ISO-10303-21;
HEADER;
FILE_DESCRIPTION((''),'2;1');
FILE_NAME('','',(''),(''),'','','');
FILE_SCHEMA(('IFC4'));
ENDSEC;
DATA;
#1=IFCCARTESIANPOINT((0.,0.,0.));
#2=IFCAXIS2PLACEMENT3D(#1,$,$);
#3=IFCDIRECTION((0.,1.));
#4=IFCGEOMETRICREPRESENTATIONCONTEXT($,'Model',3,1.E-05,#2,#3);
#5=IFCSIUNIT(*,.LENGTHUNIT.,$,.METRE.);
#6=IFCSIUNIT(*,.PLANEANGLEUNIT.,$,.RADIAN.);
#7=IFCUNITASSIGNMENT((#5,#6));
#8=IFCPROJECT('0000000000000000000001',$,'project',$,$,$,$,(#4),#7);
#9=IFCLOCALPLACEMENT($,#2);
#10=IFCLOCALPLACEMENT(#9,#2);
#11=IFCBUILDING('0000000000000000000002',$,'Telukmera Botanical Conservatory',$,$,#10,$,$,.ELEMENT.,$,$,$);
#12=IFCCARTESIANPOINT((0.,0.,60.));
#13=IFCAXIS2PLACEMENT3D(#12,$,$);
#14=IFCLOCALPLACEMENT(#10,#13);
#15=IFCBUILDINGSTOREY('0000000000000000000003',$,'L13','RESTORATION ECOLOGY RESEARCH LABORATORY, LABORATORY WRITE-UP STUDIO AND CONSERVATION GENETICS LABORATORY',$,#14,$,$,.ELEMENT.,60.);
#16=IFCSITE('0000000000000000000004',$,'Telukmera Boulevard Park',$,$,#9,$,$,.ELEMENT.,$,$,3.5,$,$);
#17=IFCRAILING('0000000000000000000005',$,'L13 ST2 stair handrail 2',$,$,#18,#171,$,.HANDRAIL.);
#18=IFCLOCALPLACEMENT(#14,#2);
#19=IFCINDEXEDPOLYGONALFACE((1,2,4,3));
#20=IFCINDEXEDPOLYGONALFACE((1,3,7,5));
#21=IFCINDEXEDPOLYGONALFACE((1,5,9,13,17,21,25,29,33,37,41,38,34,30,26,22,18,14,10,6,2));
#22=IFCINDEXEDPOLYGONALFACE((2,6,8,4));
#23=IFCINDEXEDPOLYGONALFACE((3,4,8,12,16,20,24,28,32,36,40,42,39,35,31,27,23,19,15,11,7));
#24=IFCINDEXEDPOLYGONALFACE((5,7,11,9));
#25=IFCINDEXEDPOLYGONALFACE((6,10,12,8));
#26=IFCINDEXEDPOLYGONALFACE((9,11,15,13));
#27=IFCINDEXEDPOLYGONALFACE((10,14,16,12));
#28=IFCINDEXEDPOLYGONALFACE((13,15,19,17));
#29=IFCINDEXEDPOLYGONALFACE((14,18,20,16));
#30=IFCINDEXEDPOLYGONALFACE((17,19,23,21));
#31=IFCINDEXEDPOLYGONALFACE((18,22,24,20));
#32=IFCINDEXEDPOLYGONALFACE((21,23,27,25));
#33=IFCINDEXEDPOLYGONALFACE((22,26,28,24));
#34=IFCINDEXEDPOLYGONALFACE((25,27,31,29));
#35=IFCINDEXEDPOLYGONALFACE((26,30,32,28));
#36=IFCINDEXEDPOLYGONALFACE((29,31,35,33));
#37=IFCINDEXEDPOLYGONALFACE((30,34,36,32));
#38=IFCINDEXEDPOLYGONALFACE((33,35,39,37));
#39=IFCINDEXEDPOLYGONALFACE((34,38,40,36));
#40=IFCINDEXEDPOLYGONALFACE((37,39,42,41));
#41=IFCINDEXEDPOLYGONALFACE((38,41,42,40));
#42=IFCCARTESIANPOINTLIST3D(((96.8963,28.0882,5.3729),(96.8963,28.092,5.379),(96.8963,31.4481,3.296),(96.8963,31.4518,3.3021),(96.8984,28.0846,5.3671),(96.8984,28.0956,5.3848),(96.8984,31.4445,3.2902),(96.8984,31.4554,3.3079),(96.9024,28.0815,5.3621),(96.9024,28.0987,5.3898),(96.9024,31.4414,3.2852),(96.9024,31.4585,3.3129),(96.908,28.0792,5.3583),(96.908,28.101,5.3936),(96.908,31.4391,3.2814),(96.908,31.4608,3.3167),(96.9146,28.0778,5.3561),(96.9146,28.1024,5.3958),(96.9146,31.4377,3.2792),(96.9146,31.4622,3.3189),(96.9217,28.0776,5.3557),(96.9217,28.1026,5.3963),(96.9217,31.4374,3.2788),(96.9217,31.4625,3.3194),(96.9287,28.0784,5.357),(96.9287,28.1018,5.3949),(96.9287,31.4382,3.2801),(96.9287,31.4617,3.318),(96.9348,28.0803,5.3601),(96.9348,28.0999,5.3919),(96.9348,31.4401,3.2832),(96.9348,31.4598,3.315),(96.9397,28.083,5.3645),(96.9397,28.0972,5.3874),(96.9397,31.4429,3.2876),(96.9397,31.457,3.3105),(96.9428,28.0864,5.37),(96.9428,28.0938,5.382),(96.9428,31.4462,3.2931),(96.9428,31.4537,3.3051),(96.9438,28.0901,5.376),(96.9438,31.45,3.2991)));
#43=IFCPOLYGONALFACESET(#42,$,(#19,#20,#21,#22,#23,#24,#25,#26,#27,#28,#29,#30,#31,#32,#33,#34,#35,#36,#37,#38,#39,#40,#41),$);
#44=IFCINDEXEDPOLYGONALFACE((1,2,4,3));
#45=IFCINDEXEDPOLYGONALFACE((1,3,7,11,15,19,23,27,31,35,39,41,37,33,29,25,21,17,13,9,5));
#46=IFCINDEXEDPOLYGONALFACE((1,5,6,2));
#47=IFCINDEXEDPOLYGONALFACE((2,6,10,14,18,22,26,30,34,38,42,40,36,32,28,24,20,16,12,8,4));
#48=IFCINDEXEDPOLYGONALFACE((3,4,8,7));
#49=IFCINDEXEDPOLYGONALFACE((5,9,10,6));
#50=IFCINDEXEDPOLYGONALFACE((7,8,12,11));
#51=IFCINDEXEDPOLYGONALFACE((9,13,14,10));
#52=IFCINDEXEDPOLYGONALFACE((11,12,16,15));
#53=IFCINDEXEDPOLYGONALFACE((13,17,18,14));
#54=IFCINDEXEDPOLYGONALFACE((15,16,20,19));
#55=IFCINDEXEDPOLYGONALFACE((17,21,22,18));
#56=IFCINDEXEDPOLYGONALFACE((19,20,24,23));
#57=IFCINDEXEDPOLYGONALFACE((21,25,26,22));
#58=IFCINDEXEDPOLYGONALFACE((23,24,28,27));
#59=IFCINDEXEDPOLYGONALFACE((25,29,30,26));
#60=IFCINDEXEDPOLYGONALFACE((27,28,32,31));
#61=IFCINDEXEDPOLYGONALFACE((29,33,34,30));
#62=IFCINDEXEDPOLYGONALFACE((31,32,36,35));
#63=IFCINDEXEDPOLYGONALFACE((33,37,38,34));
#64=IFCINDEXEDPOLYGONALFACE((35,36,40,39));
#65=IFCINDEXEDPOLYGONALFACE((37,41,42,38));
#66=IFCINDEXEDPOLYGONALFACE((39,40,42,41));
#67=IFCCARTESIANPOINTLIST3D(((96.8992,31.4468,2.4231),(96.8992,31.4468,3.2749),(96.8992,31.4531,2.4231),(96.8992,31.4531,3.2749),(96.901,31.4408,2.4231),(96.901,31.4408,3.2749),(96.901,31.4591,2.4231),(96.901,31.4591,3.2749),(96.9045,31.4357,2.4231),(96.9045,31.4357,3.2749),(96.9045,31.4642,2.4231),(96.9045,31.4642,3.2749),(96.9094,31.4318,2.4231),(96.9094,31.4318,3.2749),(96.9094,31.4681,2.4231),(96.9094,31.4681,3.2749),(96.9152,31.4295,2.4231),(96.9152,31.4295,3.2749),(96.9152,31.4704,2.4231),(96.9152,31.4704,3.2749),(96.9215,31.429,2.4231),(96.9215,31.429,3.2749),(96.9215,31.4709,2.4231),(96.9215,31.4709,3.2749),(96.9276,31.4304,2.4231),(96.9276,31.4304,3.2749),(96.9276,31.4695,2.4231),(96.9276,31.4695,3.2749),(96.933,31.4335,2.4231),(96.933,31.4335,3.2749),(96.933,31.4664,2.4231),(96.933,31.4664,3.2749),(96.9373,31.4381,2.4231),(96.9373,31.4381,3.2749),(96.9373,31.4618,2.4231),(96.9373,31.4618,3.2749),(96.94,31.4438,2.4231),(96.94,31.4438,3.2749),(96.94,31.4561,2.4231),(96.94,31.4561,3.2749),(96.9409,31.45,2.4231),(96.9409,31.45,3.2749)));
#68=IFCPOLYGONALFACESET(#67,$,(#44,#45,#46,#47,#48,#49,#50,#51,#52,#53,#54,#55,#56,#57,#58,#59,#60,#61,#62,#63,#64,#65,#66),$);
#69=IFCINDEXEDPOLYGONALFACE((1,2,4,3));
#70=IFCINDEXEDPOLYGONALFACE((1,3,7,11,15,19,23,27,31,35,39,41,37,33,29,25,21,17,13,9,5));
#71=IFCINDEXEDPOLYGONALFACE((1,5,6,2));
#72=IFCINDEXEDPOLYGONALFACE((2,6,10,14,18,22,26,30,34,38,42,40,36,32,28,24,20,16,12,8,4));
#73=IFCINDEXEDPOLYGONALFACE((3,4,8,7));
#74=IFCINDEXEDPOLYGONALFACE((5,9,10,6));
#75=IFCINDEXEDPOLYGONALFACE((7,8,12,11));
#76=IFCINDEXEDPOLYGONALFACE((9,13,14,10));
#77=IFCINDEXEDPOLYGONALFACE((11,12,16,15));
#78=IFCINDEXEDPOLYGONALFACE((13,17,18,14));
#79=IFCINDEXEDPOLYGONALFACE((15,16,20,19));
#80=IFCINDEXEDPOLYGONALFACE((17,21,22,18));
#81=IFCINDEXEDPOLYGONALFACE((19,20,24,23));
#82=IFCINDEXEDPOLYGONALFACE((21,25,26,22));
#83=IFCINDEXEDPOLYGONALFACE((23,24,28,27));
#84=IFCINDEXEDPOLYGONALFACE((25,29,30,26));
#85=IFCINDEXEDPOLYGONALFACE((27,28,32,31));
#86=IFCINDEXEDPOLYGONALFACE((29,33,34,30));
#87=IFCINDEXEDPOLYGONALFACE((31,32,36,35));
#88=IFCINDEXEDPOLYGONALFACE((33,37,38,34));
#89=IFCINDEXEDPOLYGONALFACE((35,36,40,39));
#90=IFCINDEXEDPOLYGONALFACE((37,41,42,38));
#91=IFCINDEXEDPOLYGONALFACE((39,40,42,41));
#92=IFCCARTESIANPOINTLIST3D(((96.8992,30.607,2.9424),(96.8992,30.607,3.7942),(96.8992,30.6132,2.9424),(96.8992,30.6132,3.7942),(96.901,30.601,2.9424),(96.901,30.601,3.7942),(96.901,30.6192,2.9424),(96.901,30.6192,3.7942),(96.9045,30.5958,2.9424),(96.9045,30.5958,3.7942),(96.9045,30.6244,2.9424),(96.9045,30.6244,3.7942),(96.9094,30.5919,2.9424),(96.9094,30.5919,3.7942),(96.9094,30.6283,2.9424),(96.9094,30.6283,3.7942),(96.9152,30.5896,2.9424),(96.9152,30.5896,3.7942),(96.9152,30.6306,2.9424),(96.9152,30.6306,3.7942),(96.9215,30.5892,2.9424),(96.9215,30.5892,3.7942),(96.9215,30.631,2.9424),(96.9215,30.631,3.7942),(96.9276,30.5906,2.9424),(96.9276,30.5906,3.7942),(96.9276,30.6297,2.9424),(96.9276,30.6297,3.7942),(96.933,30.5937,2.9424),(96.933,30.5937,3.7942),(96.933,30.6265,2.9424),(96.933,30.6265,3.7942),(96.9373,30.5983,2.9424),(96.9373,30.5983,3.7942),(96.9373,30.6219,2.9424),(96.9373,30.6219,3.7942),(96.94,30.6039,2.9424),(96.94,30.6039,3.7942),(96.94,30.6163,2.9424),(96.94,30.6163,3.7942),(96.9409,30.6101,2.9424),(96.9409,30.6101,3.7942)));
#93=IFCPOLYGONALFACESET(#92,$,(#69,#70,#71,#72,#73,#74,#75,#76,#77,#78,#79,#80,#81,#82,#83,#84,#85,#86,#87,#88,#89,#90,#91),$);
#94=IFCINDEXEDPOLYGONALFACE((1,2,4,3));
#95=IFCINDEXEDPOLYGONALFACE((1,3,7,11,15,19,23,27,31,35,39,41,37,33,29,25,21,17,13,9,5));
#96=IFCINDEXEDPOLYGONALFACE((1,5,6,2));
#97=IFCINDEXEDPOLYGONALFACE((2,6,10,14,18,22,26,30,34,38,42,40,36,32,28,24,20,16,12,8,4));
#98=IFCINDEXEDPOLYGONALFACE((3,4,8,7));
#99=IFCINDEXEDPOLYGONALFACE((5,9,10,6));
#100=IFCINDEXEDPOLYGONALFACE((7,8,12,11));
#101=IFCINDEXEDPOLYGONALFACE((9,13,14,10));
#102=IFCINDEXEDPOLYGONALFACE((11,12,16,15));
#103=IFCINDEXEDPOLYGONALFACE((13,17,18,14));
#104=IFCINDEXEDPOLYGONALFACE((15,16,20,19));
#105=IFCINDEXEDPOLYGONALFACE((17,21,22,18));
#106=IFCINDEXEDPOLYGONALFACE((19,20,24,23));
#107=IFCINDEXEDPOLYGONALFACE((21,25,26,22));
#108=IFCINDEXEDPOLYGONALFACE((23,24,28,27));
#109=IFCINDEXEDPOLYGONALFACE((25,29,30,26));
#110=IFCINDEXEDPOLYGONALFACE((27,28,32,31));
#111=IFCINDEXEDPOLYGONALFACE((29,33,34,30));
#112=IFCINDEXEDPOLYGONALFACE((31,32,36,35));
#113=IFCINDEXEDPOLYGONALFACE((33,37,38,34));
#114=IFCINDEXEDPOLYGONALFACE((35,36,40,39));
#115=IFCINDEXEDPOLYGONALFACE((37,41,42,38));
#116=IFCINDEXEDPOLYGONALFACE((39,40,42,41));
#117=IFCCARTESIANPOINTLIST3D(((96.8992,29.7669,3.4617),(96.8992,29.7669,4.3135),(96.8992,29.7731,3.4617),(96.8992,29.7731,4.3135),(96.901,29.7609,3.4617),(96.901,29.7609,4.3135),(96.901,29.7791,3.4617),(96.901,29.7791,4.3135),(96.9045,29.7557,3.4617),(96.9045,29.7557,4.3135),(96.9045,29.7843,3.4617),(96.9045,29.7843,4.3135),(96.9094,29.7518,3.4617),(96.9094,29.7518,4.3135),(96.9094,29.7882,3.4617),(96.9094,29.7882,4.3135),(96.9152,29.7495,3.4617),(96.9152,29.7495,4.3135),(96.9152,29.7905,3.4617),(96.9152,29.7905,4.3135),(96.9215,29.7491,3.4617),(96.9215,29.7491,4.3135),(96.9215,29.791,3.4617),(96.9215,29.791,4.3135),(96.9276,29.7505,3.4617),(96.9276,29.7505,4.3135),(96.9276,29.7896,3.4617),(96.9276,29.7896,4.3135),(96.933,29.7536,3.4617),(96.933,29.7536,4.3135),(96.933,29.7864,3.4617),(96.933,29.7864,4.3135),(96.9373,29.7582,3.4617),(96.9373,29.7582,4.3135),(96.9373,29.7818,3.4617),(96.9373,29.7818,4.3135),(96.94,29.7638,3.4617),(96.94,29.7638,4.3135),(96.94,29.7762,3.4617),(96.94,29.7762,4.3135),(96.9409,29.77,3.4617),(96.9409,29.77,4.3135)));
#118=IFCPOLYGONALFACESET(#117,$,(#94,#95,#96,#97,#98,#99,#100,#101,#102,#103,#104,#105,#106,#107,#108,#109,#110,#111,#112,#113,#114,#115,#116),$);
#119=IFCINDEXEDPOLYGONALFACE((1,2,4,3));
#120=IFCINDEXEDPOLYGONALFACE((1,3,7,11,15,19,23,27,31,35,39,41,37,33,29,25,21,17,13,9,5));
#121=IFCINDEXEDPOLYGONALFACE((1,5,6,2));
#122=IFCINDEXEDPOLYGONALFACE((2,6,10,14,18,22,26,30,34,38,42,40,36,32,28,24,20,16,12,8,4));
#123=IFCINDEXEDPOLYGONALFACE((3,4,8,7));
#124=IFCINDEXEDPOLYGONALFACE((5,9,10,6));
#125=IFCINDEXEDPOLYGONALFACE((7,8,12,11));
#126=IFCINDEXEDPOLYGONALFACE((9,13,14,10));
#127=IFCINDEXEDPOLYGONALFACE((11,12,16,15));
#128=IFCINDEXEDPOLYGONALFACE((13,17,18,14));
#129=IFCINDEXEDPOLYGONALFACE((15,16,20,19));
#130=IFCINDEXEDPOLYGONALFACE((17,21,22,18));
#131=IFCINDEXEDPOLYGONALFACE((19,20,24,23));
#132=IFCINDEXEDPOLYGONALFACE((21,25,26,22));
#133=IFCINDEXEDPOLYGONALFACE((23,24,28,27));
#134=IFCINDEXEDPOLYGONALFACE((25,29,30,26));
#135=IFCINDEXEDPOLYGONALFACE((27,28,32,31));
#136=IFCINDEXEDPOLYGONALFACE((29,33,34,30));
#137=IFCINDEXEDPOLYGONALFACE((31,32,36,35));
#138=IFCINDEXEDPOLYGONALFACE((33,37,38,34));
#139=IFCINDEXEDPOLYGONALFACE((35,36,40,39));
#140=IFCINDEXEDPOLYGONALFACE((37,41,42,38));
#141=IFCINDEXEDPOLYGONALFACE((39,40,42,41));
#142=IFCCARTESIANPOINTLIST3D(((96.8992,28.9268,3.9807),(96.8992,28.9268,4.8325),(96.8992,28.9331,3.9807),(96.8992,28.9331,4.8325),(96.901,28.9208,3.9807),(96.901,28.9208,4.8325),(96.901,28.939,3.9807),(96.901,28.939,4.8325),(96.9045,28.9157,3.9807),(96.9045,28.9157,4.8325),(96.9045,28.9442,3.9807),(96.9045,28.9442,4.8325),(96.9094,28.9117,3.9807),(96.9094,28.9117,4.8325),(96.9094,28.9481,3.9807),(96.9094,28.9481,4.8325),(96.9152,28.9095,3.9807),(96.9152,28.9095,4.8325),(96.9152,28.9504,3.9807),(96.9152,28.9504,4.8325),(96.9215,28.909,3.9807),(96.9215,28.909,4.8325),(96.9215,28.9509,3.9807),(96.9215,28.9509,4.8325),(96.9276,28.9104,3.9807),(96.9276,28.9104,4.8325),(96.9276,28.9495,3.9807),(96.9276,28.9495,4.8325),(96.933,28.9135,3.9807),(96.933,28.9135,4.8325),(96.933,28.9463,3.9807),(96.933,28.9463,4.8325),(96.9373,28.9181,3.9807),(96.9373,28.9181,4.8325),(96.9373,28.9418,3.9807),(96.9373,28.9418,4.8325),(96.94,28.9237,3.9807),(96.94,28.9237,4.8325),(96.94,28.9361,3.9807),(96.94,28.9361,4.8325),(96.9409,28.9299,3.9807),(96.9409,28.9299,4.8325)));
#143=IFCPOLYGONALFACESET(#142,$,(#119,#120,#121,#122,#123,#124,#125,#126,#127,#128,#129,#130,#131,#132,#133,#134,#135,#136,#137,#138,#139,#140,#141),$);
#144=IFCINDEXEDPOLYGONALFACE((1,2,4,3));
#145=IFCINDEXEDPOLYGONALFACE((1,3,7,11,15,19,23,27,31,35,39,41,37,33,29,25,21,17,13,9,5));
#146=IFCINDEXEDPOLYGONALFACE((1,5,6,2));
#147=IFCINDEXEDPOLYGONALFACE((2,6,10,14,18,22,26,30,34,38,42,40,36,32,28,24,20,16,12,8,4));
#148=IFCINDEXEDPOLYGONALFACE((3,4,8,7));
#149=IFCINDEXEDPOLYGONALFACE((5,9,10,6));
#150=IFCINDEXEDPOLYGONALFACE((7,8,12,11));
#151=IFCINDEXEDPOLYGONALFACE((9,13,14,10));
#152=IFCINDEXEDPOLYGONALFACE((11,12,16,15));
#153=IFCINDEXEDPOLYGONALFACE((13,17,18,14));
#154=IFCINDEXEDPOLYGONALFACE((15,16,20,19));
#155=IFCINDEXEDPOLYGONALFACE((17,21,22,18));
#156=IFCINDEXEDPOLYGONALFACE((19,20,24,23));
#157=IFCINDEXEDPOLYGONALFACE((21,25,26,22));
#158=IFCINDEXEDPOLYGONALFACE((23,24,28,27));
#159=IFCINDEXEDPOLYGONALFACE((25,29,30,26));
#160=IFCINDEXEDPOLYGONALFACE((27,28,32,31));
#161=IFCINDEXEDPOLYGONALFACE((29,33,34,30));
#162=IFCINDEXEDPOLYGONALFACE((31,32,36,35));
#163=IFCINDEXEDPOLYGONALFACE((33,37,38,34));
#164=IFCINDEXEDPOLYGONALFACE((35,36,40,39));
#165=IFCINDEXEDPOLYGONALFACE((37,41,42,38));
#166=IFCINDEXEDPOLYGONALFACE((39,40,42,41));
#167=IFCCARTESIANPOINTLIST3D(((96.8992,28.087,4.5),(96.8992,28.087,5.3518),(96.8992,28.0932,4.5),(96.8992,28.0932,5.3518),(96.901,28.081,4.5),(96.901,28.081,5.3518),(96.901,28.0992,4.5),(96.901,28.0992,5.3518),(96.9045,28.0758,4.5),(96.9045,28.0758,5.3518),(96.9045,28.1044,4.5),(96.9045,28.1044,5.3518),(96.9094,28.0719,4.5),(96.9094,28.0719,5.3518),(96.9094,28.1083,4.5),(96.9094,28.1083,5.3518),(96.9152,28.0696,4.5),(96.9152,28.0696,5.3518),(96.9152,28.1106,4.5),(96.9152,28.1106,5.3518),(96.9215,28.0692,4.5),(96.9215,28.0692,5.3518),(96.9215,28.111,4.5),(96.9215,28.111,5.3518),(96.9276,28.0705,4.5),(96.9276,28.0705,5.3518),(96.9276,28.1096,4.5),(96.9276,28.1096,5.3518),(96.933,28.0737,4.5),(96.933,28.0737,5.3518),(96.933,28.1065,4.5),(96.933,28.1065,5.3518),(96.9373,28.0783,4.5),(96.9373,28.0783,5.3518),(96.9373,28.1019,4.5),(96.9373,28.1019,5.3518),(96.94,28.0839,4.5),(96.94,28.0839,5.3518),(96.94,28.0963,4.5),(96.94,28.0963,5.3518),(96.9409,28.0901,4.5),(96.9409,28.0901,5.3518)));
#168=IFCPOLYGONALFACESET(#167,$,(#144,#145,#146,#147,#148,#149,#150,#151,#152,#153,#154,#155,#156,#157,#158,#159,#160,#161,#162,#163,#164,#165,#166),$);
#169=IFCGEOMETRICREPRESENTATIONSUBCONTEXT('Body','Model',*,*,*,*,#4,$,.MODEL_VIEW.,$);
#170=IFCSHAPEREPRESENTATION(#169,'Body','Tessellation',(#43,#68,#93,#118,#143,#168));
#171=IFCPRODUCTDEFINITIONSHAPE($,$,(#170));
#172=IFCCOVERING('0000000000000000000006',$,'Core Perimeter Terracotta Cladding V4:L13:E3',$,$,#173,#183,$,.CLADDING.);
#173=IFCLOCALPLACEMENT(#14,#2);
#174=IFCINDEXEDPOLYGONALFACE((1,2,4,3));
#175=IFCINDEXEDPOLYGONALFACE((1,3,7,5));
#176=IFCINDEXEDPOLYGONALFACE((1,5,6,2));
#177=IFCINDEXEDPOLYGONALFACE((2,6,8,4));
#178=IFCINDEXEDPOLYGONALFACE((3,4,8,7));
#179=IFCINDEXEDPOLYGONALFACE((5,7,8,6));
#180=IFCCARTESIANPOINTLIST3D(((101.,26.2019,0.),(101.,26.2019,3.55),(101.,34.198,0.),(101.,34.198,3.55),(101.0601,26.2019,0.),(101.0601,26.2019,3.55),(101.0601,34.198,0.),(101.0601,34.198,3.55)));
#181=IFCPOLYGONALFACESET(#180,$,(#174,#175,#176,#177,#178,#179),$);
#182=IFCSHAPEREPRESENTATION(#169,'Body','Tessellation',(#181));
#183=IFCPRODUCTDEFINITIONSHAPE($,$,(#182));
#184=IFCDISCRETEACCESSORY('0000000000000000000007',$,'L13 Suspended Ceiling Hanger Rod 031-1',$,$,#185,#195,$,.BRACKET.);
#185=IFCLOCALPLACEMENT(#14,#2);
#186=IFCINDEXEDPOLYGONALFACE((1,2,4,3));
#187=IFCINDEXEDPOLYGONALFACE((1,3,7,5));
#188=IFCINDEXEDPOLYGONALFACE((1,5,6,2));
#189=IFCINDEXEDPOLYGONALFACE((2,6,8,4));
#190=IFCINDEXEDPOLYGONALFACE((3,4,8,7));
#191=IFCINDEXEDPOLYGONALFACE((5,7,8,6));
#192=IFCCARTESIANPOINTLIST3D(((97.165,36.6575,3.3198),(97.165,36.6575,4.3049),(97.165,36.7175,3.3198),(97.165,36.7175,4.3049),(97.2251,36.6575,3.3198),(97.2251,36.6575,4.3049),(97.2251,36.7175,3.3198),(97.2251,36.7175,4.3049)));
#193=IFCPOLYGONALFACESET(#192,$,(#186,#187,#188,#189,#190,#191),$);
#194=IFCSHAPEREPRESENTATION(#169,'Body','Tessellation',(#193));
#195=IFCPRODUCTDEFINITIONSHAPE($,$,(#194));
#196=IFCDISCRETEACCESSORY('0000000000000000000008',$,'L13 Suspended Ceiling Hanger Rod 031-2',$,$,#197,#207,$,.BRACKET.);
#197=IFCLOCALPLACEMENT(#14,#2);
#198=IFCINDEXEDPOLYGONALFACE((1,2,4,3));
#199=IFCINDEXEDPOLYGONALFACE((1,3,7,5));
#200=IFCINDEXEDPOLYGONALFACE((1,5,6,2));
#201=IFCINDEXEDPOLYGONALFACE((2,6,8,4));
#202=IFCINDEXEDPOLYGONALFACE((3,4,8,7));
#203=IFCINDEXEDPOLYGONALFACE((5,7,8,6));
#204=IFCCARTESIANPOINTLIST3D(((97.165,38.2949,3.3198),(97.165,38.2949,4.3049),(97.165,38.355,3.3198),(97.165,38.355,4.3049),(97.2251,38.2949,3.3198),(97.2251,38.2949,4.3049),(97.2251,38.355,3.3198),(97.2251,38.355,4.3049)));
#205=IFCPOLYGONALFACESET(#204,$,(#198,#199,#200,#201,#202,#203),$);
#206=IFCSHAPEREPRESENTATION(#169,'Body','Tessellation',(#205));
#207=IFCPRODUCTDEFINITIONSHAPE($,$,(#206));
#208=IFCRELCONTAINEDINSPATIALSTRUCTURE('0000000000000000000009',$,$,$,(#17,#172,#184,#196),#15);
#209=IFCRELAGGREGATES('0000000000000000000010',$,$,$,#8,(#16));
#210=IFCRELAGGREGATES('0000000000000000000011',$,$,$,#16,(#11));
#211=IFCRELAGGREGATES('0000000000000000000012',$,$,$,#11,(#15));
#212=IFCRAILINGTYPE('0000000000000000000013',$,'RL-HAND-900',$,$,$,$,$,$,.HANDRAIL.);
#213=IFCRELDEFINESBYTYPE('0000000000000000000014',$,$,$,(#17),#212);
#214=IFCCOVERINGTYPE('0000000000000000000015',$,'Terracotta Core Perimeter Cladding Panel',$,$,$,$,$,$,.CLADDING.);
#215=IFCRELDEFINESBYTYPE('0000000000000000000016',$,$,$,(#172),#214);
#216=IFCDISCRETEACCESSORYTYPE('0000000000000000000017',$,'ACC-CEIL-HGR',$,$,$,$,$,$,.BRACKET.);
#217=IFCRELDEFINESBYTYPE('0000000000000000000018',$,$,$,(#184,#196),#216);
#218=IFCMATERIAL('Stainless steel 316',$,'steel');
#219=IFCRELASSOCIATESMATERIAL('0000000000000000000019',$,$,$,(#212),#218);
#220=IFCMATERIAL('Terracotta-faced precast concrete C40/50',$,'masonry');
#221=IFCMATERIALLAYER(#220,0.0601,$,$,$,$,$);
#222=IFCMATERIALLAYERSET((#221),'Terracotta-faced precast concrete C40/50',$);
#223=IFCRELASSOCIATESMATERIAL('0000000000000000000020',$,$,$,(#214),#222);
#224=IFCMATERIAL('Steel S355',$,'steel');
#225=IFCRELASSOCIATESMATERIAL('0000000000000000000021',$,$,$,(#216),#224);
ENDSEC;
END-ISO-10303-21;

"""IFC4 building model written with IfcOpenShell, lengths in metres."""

from ifc_helpers import new_model, si_unit, direction, frame, origin, origin_2d, place, context, subcontext, project, spatial, rectangle, circle, extrude, material, layer, layer_set, type_object, element, save


model = new_model("IFC4")

# Units and contexts
model_context = context("Model", 3, precision=1e-05, world=origin(), true_north=direction((0.0, 1.0)))
body_context = subcontext(model_context, "Body", "Model", "MODEL_VIEW")
ifc_project = project(units=[si_unit("LENGTHUNIT", "METRE"), si_unit("PLANEANGLEUNIT", "RADIAN")], contexts=[model_context])

# Site, building, storey
site_placement = place(None, origin())
site = spatial("IfcSite", under=ifc_project, at=site_placement, Name="Telukmera Boulevard Park", CompositionType="ELEMENT", RefElevation=3.5)
building_placement = place(site_placement, origin())
building = spatial("IfcBuilding", under=site, at=building_placement, Name="Telukmera Botanical Conservatory", CompositionType="ELEMENT")
storey_placement = place(building_placement, frame((0.0, 0.0, 60.0)))
storey = spatial("IfcBuildingStorey", under=building, at=storey_placement, Name="L13", Description="RESTORATION ECOLOGY RESEARCH LABORATORY, LABORATORY WRITE-UP STUDIO AND CONSERVATION GENETICS LABORATORY", CompositionType="ELEMENT", Elevation=60.0)

# Railing
ifc_material_1 = material(Name="Steel S355", Category="steel")
ifc_material_2 = material(Name="Stainless steel 316", Category="steel")
railing_type_1 = type_object("IfcRailingType", Name="RL-HAND-900", PredefinedType="HANDRAIL", material=ifc_material_2)
railing_1_placement = place(storey_placement, frame((96.9199, 31.45, 2.4231)))
element("IfcRailing", 1, at=railing_1_placement, inside=storey, type_object=railing_type_1, Name="L13 ST2 stair handrail 2", PredefinedType="HANDRAIL", context=body_context, shape_type="SweptSolid", body=[
    extrude(circle(Radius=0.0239, at=origin_2d()), frame((0.0, 0.0, 0.876), z_axis=(0.0, -0.850606, 0.525803), x_axis=(1.0, 0.0, 0.0)), (0.0, 0.0, 1.0), 3.95),
    extrude(circle(Radius=0.021, at=origin_2d()), origin(), (0.0, 0.0, 1.0), 0.8518),
    extrude(circle(Radius=0.021, at=origin_2d()), frame((0.0, -0.8398, 0.5193)), (0.0, 0.0, 1.0), 0.8518),
    extrude(circle(Radius=0.021, at=origin_2d()), frame((0.0, -1.6799, 1.0386)), (0.0, 0.0, 1.0), 0.8518),
    extrude(circle(Radius=0.021, at=origin_2d()), frame((0.0, -2.52, 1.5576)), (0.0, 0.0, 1.0), 0.8518),
    extrude(circle(Radius=0.021, at=origin_2d()), frame((0.0, -3.3599, 2.0769)), (0.0, 0.0, 1.0), 0.8518),
])

# Covering
ifc_material_3 = material(Name="Terracotta-faced precast concrete C40/50", Category="masonry")
ifc_layer_1 = layer(ifc_material_3, 0.0601)
ifc_layer_set_1 = layer_set([ifc_layer_1], Name="Terracotta-faced precast concrete C40/50")
covering_type_1 = type_object("IfcCoveringType", Name="Terracotta Core Perimeter Cladding Panel", PredefinedType="CLADDING", material=ifc_layer_set_1)
covering_1_placement = place(storey_placement, frame((101.03, 30.2, 0.0), z_axis=(0.0, 0.0, 1.0), x_axis=(0.0, 1.0, 0.0)))
element("IfcCovering", 2, at=covering_1_placement, inside=storey, type_object=covering_type_1, Name="Core Perimeter Terracotta Cladding V4:L13:E3", PredefinedType="CLADDING", context=body_context, shape_type="SweptSolid", body=[
    extrude(rectangle(XDim=7.9961, YDim=0.0601, at=origin_2d()), origin(), (0.0, 0.0, 1.0), 3.55),
])

# Discrete accessories
discrete_accessory_type_1 = type_object("IfcDiscreteAccessoryType", Name="ACC-CEIL-HGR", PredefinedType="BRACKET", material=ifc_material_1)
for number, where, z_axis, x_axis, name in (
    (3, (97.1951, 36.6875, 3.3198), (0.0, 0.0, 1.0), (1.0, 0.0, 0.0), "L13 Suspended Ceiling Hanger Rod 031-1"),
    (4, (97.1951, 38.325, 3.3198), (0.0, 0.0, 1.0), (1.0, 0.0, 0.0), "L13 Suspended Ceiling Hanger Rod 031-2"),
):
    element("IfcDiscreteAccessory", number, at=place(storey_placement, frame(where, z_axis=z_axis, x_axis=x_axis)), inside=storey, type_object=discrete_accessory_type_1, Name=name, PredefinedType="BRACKET", context=body_context, shape_type="SweptSolid", body=[
        extrude(rectangle(XDim=0.0601, YDim=0.0601, at=origin_2d()), origin(), (0.0, 0.0, 1.0), 0.9851),
    ])

save(model, "model.ifc")
